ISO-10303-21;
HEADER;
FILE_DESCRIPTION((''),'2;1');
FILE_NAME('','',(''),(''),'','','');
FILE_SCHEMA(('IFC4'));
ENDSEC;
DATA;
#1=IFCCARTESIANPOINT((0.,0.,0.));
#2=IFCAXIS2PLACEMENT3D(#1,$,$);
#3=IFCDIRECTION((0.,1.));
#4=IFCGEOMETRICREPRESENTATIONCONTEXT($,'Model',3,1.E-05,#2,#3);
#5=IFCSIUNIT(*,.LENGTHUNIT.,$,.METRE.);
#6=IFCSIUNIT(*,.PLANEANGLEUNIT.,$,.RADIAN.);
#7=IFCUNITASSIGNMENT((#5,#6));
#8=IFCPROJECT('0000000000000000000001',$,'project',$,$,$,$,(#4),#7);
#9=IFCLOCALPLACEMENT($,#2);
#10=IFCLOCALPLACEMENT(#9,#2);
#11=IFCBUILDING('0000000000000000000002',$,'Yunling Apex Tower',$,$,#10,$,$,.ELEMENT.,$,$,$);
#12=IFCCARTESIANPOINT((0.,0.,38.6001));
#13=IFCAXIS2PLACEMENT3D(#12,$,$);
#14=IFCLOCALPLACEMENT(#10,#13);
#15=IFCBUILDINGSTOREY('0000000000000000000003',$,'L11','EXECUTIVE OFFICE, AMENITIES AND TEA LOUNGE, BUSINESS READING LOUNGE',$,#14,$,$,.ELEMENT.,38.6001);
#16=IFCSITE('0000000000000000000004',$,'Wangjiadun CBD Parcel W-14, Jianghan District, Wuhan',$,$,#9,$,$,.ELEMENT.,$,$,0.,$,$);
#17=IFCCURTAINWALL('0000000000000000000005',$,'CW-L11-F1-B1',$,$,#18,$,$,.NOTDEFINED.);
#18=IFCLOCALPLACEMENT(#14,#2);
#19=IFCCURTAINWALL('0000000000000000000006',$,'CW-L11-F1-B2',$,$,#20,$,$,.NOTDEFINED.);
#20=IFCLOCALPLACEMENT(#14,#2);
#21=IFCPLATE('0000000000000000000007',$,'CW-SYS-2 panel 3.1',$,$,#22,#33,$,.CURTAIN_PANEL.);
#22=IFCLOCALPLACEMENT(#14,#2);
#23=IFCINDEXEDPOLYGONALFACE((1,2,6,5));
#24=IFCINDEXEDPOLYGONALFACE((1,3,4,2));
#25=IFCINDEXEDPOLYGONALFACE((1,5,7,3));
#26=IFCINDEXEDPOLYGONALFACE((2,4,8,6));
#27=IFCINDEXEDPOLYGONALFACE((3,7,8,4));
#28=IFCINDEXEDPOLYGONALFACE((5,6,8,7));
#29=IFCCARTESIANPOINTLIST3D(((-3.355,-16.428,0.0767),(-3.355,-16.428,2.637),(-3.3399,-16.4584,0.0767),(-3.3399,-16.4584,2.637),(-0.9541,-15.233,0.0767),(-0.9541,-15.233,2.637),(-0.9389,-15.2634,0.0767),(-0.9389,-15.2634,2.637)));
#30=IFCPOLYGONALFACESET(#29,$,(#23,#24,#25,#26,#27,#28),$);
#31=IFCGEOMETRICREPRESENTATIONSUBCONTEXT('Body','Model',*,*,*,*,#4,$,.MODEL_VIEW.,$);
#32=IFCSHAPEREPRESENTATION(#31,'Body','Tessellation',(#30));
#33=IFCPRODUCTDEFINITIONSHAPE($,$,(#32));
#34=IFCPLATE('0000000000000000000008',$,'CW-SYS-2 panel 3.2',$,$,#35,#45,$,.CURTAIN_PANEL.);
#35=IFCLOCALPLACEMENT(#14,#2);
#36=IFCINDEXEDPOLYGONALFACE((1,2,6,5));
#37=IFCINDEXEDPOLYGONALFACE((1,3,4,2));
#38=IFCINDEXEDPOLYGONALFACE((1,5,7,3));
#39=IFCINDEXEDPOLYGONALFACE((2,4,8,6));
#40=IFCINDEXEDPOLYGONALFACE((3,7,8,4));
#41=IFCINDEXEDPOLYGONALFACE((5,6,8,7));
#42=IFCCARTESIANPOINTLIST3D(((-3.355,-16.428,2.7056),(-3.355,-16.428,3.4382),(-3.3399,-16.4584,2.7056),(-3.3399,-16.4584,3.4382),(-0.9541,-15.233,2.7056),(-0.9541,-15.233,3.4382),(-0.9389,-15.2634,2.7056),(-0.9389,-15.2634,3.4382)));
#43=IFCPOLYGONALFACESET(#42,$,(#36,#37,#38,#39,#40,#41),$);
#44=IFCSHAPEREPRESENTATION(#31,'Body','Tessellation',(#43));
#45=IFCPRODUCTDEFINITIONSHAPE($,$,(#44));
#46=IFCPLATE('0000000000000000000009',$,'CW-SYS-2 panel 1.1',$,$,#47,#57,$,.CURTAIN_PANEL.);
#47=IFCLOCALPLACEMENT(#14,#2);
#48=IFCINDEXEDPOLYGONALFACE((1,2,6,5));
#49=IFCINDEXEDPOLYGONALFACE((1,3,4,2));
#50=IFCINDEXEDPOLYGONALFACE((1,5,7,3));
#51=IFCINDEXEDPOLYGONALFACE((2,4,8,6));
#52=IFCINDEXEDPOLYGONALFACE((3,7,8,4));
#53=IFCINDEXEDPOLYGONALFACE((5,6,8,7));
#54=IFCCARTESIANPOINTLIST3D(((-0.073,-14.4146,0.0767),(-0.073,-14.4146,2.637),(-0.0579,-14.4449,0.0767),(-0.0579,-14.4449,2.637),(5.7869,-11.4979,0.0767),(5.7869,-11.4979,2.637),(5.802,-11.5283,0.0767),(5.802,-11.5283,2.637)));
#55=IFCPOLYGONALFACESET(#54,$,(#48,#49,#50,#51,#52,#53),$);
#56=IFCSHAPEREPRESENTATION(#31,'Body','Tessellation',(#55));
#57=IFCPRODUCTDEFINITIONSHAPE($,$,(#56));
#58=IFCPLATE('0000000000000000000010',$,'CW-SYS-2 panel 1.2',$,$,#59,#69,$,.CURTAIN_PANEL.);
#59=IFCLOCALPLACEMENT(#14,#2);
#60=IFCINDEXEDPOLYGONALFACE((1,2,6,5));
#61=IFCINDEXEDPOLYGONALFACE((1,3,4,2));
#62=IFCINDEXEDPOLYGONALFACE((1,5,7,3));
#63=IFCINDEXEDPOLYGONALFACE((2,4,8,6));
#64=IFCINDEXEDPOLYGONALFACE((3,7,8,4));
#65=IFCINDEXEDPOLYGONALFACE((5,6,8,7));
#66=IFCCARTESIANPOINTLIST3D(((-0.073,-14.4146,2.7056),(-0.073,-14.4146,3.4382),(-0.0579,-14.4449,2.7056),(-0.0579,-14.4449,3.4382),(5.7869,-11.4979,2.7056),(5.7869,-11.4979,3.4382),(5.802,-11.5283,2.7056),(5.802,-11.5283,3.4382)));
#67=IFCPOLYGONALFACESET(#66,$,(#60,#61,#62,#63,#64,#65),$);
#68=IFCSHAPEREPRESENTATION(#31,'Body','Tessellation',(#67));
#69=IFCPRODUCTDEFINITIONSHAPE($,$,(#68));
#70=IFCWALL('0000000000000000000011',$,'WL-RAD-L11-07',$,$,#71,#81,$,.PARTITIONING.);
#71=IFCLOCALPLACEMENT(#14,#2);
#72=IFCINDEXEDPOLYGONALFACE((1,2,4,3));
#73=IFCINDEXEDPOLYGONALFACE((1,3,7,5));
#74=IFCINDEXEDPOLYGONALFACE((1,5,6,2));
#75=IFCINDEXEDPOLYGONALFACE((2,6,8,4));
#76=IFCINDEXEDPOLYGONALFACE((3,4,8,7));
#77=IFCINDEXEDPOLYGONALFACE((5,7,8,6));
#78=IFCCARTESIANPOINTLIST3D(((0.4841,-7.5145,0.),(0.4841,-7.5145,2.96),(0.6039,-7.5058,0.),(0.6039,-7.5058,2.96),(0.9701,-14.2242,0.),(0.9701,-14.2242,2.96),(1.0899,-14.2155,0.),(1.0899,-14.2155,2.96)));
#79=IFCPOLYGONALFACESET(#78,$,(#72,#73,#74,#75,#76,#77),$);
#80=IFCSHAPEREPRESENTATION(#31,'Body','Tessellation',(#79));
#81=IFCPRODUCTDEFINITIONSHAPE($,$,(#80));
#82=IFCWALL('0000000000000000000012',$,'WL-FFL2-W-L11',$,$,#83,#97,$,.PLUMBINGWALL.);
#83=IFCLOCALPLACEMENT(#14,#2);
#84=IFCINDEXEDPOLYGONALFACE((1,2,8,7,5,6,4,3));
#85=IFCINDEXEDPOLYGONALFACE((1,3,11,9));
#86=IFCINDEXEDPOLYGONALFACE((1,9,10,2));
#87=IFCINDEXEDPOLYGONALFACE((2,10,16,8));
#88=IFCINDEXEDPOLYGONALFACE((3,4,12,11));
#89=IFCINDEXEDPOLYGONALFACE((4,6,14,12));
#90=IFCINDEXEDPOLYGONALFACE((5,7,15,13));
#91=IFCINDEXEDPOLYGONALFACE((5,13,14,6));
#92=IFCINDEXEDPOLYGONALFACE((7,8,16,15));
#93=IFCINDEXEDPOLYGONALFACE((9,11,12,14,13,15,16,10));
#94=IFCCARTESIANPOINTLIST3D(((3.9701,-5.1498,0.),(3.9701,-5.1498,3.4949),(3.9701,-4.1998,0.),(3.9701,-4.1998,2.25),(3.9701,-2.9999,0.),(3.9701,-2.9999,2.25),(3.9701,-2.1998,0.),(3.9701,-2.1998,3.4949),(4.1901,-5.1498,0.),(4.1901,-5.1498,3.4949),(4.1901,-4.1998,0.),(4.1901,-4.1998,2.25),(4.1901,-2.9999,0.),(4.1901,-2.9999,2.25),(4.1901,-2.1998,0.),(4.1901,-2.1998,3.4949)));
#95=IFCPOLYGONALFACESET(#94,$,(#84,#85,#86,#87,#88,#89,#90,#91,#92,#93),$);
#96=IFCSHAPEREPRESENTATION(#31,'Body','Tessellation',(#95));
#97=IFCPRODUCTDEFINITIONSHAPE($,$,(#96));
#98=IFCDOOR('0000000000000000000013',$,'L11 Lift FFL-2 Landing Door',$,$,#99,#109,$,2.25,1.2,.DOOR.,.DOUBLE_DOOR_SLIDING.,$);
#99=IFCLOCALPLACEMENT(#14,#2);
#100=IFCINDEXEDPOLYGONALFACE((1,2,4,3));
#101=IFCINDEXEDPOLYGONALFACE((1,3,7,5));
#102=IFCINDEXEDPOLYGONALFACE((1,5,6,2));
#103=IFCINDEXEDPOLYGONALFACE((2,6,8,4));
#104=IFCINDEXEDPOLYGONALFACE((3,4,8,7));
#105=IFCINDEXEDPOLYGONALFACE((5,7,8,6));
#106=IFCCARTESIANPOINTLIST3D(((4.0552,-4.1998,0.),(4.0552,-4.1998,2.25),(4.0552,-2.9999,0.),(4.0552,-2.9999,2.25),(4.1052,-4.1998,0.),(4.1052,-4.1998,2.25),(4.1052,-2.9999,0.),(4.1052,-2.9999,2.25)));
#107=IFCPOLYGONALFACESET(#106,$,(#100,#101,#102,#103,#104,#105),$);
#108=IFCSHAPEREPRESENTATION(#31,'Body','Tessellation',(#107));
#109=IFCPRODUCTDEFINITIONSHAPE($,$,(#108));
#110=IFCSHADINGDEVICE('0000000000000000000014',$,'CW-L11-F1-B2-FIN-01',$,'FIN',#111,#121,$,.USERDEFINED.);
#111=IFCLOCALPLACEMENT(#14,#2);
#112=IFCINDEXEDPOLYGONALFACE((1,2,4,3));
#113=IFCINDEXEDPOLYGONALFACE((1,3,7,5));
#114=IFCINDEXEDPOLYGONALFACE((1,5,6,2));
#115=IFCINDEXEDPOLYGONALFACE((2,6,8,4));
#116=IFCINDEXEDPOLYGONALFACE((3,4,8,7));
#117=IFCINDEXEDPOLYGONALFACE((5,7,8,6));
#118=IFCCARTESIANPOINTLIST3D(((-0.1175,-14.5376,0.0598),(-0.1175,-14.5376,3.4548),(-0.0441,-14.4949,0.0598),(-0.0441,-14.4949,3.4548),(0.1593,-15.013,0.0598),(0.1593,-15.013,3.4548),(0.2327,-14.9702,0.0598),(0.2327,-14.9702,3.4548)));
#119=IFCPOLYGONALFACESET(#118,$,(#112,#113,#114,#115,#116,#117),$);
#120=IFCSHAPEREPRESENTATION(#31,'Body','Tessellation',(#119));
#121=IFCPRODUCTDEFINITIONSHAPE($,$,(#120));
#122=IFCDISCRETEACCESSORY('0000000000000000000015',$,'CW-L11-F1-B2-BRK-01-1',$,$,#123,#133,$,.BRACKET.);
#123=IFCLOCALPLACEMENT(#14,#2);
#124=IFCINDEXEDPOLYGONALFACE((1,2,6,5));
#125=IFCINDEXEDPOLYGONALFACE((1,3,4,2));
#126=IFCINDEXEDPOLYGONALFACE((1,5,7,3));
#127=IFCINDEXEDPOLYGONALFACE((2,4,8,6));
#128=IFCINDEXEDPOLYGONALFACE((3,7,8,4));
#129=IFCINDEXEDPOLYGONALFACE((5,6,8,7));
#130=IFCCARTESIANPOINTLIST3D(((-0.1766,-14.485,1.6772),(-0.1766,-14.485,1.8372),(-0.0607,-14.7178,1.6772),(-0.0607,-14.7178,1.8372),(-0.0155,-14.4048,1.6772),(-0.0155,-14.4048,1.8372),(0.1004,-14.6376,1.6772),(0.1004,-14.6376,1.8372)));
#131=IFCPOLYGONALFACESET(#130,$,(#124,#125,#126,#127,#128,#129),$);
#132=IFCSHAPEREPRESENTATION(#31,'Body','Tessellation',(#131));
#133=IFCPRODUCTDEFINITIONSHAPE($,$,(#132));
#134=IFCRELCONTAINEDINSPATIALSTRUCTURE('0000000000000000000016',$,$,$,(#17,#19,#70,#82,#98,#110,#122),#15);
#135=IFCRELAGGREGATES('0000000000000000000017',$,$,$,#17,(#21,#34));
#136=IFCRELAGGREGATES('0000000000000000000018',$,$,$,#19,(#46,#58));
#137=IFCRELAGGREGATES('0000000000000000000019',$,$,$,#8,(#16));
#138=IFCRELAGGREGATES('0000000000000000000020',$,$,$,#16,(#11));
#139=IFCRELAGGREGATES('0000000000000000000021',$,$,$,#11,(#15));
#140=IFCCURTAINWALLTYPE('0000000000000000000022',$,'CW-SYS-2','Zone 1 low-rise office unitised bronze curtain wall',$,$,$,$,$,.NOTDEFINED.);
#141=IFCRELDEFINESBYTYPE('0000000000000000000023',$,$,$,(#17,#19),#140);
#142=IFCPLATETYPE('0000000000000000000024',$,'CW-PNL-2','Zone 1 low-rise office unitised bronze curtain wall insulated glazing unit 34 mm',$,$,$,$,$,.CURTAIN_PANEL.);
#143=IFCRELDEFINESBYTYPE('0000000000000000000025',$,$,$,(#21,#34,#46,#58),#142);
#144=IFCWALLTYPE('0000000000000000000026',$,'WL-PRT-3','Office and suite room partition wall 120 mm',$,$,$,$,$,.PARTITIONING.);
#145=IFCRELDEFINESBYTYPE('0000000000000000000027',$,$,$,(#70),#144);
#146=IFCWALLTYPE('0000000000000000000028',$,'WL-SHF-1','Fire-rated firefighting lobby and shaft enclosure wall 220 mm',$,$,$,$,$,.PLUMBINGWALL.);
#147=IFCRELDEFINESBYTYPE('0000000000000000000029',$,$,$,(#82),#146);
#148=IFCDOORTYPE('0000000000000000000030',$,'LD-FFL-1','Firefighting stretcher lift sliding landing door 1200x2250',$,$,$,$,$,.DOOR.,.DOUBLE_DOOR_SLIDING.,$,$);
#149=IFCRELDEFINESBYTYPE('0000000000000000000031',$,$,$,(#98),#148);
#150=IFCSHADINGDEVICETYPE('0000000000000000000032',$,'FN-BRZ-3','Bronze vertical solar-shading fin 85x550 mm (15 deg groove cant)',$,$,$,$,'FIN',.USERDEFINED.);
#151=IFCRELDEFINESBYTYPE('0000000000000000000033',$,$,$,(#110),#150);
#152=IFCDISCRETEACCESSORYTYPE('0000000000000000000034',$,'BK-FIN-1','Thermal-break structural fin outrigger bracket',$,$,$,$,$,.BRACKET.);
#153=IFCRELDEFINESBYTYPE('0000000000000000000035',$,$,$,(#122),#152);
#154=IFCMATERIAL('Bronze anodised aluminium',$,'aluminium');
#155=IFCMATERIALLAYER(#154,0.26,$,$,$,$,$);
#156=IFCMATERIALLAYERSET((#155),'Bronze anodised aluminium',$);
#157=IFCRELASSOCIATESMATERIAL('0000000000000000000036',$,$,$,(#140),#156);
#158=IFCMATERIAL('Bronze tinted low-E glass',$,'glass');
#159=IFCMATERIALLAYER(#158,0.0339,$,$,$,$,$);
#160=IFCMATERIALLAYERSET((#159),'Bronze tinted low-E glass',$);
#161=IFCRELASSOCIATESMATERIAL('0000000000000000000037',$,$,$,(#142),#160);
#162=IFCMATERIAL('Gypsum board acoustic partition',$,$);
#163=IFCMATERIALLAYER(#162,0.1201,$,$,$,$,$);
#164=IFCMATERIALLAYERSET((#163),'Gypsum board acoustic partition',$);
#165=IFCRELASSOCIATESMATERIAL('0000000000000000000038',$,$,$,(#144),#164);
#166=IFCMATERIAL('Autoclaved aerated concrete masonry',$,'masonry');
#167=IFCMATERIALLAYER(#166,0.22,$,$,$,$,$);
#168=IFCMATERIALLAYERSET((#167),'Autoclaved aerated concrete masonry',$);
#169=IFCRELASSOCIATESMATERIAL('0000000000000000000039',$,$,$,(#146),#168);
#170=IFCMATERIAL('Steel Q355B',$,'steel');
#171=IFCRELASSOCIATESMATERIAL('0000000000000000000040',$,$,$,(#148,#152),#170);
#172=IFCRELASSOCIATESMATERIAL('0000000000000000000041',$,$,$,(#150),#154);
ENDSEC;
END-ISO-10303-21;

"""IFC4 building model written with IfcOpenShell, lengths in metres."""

from ifc_helpers import new_model, si_unit, direction, frame, frame_2d, origin, origin_2d, place, context, subcontext, project, spatial, rectangle, extrude, source, transform, mapped, material, layer, layer_set, material_profile, profile_set, type_object, element, fill, aggregate, save


model = new_model("IFC4")

# Units and contexts
model_context = context("Model", 3, precision=1e-05, world=origin(), true_north=direction((0.0, 1.0)))
body_context = subcontext(model_context, "Body", "Model", "MODEL_VIEW")
ifc_project = project(units=[si_unit("LENGTHUNIT", "METRE"), si_unit("PLANEANGLEUNIT", "RADIAN")], contexts=[model_context])

# Site, building, storey
site_placement = place(None, origin())
site = spatial("IfcSite", under=ifc_project, at=site_placement, Name="Wangjiadun CBD Parcel W-14, Jianghan District, Wuhan", CompositionType="ELEMENT", RefElevation=0.0)
building_placement = place(site_placement, origin())
building = spatial("IfcBuilding", under=site, at=building_placement, Name="Yunling Apex Tower", CompositionType="ELEMENT")
storey_placement = place(building_placement, frame((0.0, 0.0, 38.6001)))
storey = spatial("IfcBuildingStorey", under=building, at=storey_placement, Name="L11", Description="EXECUTIVE OFFICE, AMENITIES AND TEA LOUNGE, BUSINESS READING LOUNGE", CompositionType="ELEMENT", Elevation=38.6001)

# Shared definitions
ifc_material_1 = material(Name="Steel Q355B", Category="steel")

# Curtain wall
ifc_material_2 = material(Name="Bronze anodised aluminium", Category="aluminium")
ifc_layer_1 = layer(ifc_material_2, 0.26)
ifc_layer_set_1 = layer_set([ifc_layer_1], Name="Bronze anodised aluminium")
curtain_wall_type = type_object("IfcCurtainWallType", Name="CW-SYS-2", Description="Zone 1 low-rise office unitised bronze curtain wall", PredefinedType="NOTDEFINED", material=ifc_layer_set_1)
curtain_wall_1_placement = place(storey_placement, origin())
curtain_wall_1 = element("IfcCurtainWall", 1, at=curtain_wall_1_placement, inside=storey, type_object=curtain_wall_type, Name="CW-L11-F1-B1", PredefinedType="NOTDEFINED")

# Curtain wall
curtain_wall_2_placement = place(storey_placement, origin())
curtain_wall_2 = element("IfcCurtainWall", 2, at=curtain_wall_2_placement, inside=storey, type_object=curtain_wall_type, Name="CW-L11-F1-B2", PredefinedType="NOTDEFINED")

# Plates
ifc_material_3 = material(Name="Bronze tinted low-E glass", Category="glass")
ifc_layer_2 = layer(ifc_material_3, 0.0339)
ifc_layer_set_2 = layer_set([ifc_layer_2], Name="Bronze tinted low-E glass")
plate_type = type_object("IfcPlateType", Name="CW-PNL-2", Description="Zone 1 low-rise office unitised bronze curtain wall insulated glazing unit 34 mm", PredefinedType="CURTAIN_PANEL", material=ifc_layer_set_2)
shared_shape_1 = source(origin(), body_context, "Body", "SweptSolid", [
    extrude(rectangle(XDim=2.6819, YDim=0.0339, at=origin_2d()), origin(), (0.0, 0.0, 1.0), 2.5603),
])
plate_1_placement = place(storey_placement, frame((-2.147, -15.8457, 0.0767), z_axis=(0.0, 0.0, 1.0), x_axis=(0.895247, 0.445571, 0.0)))
plate_1 = element("IfcPlate", 3, at=plate_1_placement, type_object=plate_type, Name="CW-SYS-2 panel 3.1", PredefinedType="CURTAIN_PANEL", context=body_context, shape_type="MappedRepresentation", body=[
    mapped(shared_shape_1, transform((0.0, 0.0, 0.0), scale=1.0)),
])
shared_shape_2 = source(origin(), body_context, "Body", "SweptSolid", [
    extrude(rectangle(XDim=2.6819, YDim=0.0339, at=origin_2d()), origin(), (0.0, 0.0, 1.0), 0.7327),
])
plate_2_placement = place(storey_placement, frame((-2.147, -15.8457, 2.7056), z_axis=(0.0, 0.0, 1.0), x_axis=(0.895247, 0.445571, 0.0)))
plate_2 = element("IfcPlate", 4, at=plate_2_placement, type_object=plate_type, Name="CW-SYS-2 panel 3.2", PredefinedType="CURTAIN_PANEL", context=body_context, shape_type="MappedRepresentation", body=[
    mapped(shared_shape_2, transform((0.0, 0.0, 0.0), scale=1.0)),
])
aggregate(curtain_wall_1, [plate_1, plate_2])
shared_shape_3 = source(origin(), body_context, "Body", "SweptSolid", [
    extrude(rectangle(XDim=6.5457, YDim=0.0339, at=origin_2d()), origin(), (0.0, 0.0, 1.0), 2.5603),
])
plate_3_placement = place(storey_placement, frame((2.8645, -12.9714, 0.0767), z_axis=(0.0, 0.0, 1.0), x_axis=(0.895241, 0.445583, 0.0)))
plate_3 = element("IfcPlate", 5, at=plate_3_placement, type_object=plate_type, Name="CW-SYS-2 panel 1.1", PredefinedType="CURTAIN_PANEL", context=body_context, shape_type="MappedRepresentation", body=[
    mapped(shared_shape_3, transform((0.0, 0.0, 0.0), scale=1.0)),
])
shared_shape_4 = source(origin(), body_context, "Body", "SweptSolid", [
    extrude(rectangle(XDim=6.5457, YDim=0.0339, at=origin_2d()), origin(), (0.0, 0.0, 1.0), 0.7327),
])
plate_4_placement = place(storey_placement, frame((2.8645, -12.9714, 2.7056), z_axis=(0.0, 0.0, 1.0), x_axis=(0.895241, 0.445583, 0.0)))
plate_4 = element("IfcPlate", 6, at=plate_4_placement, type_object=plate_type, Name="CW-SYS-2 panel 1.2", PredefinedType="CURTAIN_PANEL", context=body_context, shape_type="MappedRepresentation", body=[
    mapped(shared_shape_4, transform((0.0, 0.0, 0.0), scale=1.0)),
])
aggregate(curtain_wall_2, [plate_3, plate_4])

# Wall
ifc_material_4 = material(Name="Gypsum board acoustic partition")
ifc_layer_3 = layer(ifc_material_4, 0.1201)
ifc_layer_set_3 = layer_set([ifc_layer_3], Name="Gypsum board acoustic partition")
wall_type_1 = type_object("IfcWallType", Name="WL-PRT-3", Description="Office and suite room partition wall 120 mm", PredefinedType="PARTITIONING", material=ifc_layer_set_3)
wall_1_placement = place(storey_placement, frame((0.5439, -7.51, 0.0), z_axis=(0.0, 0.0, 1.0), x_axis=(0.072255, -0.997386, 0.0)))
element("IfcWall", 7, at=wall_1_placement, inside=storey, type_object=wall_type_1, Name="WL-RAD-L11-07", PredefinedType="PARTITIONING", context=body_context, shape_type="SweptSolid", body=[
    extrude(rectangle(XDim=6.7273, YDim=0.1201, at=frame_2d((3.3638, 0.0))), origin(), (0.0, 0.0, 1.0), 2.96),
])

# Wall, opening, door
ifc_material_5 = material(Name="Autoclaved aerated concrete masonry", Category="masonry")
ifc_layer_4 = layer(ifc_material_5, 0.22)
ifc_layer_set_4 = layer_set([ifc_layer_4], Name="Autoclaved aerated concrete masonry")
wall_type_2 = type_object("IfcWallType", Name="WL-SHF-1", Description="Fire-rated firefighting lobby and shaft enclosure wall 220 mm", PredefinedType="PLUMBINGWALL", material=ifc_layer_set_4)
wall_2_placement = place(storey_placement, frame((4.0801, -5.1499, 0.0), z_axis=(0.0, 0.0, 1.0), x_axis=(0.0, 1.0, 0.0)))
wall_2 = element("IfcWall", 8, at=wall_2_placement, inside=storey, type_object=wall_type_2, Name="WL-FFL2-W-L11", PredefinedType="PLUMBINGWALL", context=body_context, shape_type="SweptSolid", body=[
    extrude(rectangle(XDim=2.95, YDim=0.22, at=frame_2d((1.4751, 0.0))), origin(), (0.0, 0.0, 1.0), 3.4949),
])
opening_placement = place(wall_2_placement, frame((0.95, 0.0, 0.0)))
opening = element("IfcOpeningElement", 9, at=opening_placement, cuts=wall_2, PredefinedType="OPENING", context=body_context, shape_type="SweptSolid", body=[
    extrude(rectangle(XDim=1.2, YDim=2.25, at=frame_2d((0.6001, 1.125))), frame((0.0, 0.1201, 0.0), z_axis=(0.0, -1.0, 0.0), x_axis=(1.0, 0.0, 0.0)), (0.0, 0.0, 1.0), 0.24),
])
door_type = type_object("IfcDoorType", Name="LD-FFL-1", Description="Firefighting stretcher lift sliding landing door 1200x2250", OperationType="DOUBLE_DOOR_SLIDING", PredefinedType="DOOR", material=ifc_material_1)
door_placement = place(opening_placement, origin())
door = element("IfcDoor", 10, at=door_placement, inside=storey, type_object=door_type, Name="L11 Lift FFL-2 Landing Door", OperationType="DOUBLE_DOOR_SLIDING", OverallHeight=2.25, OverallWidth=1.2, PredefinedType="DOOR", context=body_context, shape_type="SweptSolid", body=[
    extrude(rectangle(XDim=1.2, YDim=2.25, at=frame_2d((0.6001, 1.125))), frame((0.0, 0.0249, 0.0), z_axis=(0.0, -1.0, 0.0), x_axis=(1.0, 0.0, 0.0)), (0.0, 0.0, 1.0), 0.05),
])
fill(opening, door)

# Shading device
ifc_material_profile_1 = material_profile(ifc_material_2, rectangle(XDim=0.085, YDim=0.55, at=origin_2d()))
ifc_profile_set_1 = profile_set([ifc_material_profile_1], Name="Bronze anodised aluminium")
shading_device_type = type_object("IfcShadingDeviceType", Name="FN-BRZ-3", Description="Bronze vertical solar-shading fin 85x550 mm (15 deg groove cant)", ElementType="FIN", PredefinedType="USERDEFINED", material=ifc_profile_set_1)
shared_shape_5 = source(origin(), body_context, "Body", "SweptSolid", [
    extrude(rectangle(XDim=0.085, YDim=0.55, at=origin_2d()), origin(), (0.0, 0.0, 1.0), 3.395),
])
shading_device_placement = place(storey_placement, frame((0.0576, -14.7539, 0.0598), z_axis=(0.0, 0.0, 1.0), x_axis=(0.864187, 0.503171, 0.0)))
element("IfcShadingDevice", 11, at=shading_device_placement, inside=storey, type_object=shading_device_type, Name="CW-L11-F1-B2-FIN-01", ObjectType="FIN", PredefinedType="USERDEFINED", context=body_context, shape_type="MappedRepresentation", body=[
    mapped(shared_shape_5, transform((0.0, 0.0, 0.0), scale=1.0)),
])

# Discrete accessory
discrete_accessory_type = type_object("IfcDiscreteAccessoryType", Name="BK-FIN-1", Description="Thermal-break structural fin outrigger bracket", PredefinedType="BRACKET", material=ifc_material_1)
shared_shape_6 = source(origin(), body_context, "Body", "SweptSolid", [
    extrude(rectangle(XDim=0.1799, YDim=0.26, at=origin_2d()), origin(), (0.0, 0.0, 1.0), 0.1599),
])
discrete_accessory_placement = place(storey_placement, frame((-0.0381, -14.5613, 1.6772), z_axis=(0.0, 0.0, 1.0), x_axis=(0.895246, 0.445573, 0.0)))
element("IfcDiscreteAccessory", 12, at=discrete_accessory_placement, inside=storey, type_object=discrete_accessory_type, Name="CW-L11-F1-B2-BRK-01-1", PredefinedType="BRACKET", context=body_context, shape_type="MappedRepresentation", body=[
    mapped(shared_shape_6, transform((0.0, 0.0, 0.0), scale=1.0)),
])

save(model, "model.ifc")
